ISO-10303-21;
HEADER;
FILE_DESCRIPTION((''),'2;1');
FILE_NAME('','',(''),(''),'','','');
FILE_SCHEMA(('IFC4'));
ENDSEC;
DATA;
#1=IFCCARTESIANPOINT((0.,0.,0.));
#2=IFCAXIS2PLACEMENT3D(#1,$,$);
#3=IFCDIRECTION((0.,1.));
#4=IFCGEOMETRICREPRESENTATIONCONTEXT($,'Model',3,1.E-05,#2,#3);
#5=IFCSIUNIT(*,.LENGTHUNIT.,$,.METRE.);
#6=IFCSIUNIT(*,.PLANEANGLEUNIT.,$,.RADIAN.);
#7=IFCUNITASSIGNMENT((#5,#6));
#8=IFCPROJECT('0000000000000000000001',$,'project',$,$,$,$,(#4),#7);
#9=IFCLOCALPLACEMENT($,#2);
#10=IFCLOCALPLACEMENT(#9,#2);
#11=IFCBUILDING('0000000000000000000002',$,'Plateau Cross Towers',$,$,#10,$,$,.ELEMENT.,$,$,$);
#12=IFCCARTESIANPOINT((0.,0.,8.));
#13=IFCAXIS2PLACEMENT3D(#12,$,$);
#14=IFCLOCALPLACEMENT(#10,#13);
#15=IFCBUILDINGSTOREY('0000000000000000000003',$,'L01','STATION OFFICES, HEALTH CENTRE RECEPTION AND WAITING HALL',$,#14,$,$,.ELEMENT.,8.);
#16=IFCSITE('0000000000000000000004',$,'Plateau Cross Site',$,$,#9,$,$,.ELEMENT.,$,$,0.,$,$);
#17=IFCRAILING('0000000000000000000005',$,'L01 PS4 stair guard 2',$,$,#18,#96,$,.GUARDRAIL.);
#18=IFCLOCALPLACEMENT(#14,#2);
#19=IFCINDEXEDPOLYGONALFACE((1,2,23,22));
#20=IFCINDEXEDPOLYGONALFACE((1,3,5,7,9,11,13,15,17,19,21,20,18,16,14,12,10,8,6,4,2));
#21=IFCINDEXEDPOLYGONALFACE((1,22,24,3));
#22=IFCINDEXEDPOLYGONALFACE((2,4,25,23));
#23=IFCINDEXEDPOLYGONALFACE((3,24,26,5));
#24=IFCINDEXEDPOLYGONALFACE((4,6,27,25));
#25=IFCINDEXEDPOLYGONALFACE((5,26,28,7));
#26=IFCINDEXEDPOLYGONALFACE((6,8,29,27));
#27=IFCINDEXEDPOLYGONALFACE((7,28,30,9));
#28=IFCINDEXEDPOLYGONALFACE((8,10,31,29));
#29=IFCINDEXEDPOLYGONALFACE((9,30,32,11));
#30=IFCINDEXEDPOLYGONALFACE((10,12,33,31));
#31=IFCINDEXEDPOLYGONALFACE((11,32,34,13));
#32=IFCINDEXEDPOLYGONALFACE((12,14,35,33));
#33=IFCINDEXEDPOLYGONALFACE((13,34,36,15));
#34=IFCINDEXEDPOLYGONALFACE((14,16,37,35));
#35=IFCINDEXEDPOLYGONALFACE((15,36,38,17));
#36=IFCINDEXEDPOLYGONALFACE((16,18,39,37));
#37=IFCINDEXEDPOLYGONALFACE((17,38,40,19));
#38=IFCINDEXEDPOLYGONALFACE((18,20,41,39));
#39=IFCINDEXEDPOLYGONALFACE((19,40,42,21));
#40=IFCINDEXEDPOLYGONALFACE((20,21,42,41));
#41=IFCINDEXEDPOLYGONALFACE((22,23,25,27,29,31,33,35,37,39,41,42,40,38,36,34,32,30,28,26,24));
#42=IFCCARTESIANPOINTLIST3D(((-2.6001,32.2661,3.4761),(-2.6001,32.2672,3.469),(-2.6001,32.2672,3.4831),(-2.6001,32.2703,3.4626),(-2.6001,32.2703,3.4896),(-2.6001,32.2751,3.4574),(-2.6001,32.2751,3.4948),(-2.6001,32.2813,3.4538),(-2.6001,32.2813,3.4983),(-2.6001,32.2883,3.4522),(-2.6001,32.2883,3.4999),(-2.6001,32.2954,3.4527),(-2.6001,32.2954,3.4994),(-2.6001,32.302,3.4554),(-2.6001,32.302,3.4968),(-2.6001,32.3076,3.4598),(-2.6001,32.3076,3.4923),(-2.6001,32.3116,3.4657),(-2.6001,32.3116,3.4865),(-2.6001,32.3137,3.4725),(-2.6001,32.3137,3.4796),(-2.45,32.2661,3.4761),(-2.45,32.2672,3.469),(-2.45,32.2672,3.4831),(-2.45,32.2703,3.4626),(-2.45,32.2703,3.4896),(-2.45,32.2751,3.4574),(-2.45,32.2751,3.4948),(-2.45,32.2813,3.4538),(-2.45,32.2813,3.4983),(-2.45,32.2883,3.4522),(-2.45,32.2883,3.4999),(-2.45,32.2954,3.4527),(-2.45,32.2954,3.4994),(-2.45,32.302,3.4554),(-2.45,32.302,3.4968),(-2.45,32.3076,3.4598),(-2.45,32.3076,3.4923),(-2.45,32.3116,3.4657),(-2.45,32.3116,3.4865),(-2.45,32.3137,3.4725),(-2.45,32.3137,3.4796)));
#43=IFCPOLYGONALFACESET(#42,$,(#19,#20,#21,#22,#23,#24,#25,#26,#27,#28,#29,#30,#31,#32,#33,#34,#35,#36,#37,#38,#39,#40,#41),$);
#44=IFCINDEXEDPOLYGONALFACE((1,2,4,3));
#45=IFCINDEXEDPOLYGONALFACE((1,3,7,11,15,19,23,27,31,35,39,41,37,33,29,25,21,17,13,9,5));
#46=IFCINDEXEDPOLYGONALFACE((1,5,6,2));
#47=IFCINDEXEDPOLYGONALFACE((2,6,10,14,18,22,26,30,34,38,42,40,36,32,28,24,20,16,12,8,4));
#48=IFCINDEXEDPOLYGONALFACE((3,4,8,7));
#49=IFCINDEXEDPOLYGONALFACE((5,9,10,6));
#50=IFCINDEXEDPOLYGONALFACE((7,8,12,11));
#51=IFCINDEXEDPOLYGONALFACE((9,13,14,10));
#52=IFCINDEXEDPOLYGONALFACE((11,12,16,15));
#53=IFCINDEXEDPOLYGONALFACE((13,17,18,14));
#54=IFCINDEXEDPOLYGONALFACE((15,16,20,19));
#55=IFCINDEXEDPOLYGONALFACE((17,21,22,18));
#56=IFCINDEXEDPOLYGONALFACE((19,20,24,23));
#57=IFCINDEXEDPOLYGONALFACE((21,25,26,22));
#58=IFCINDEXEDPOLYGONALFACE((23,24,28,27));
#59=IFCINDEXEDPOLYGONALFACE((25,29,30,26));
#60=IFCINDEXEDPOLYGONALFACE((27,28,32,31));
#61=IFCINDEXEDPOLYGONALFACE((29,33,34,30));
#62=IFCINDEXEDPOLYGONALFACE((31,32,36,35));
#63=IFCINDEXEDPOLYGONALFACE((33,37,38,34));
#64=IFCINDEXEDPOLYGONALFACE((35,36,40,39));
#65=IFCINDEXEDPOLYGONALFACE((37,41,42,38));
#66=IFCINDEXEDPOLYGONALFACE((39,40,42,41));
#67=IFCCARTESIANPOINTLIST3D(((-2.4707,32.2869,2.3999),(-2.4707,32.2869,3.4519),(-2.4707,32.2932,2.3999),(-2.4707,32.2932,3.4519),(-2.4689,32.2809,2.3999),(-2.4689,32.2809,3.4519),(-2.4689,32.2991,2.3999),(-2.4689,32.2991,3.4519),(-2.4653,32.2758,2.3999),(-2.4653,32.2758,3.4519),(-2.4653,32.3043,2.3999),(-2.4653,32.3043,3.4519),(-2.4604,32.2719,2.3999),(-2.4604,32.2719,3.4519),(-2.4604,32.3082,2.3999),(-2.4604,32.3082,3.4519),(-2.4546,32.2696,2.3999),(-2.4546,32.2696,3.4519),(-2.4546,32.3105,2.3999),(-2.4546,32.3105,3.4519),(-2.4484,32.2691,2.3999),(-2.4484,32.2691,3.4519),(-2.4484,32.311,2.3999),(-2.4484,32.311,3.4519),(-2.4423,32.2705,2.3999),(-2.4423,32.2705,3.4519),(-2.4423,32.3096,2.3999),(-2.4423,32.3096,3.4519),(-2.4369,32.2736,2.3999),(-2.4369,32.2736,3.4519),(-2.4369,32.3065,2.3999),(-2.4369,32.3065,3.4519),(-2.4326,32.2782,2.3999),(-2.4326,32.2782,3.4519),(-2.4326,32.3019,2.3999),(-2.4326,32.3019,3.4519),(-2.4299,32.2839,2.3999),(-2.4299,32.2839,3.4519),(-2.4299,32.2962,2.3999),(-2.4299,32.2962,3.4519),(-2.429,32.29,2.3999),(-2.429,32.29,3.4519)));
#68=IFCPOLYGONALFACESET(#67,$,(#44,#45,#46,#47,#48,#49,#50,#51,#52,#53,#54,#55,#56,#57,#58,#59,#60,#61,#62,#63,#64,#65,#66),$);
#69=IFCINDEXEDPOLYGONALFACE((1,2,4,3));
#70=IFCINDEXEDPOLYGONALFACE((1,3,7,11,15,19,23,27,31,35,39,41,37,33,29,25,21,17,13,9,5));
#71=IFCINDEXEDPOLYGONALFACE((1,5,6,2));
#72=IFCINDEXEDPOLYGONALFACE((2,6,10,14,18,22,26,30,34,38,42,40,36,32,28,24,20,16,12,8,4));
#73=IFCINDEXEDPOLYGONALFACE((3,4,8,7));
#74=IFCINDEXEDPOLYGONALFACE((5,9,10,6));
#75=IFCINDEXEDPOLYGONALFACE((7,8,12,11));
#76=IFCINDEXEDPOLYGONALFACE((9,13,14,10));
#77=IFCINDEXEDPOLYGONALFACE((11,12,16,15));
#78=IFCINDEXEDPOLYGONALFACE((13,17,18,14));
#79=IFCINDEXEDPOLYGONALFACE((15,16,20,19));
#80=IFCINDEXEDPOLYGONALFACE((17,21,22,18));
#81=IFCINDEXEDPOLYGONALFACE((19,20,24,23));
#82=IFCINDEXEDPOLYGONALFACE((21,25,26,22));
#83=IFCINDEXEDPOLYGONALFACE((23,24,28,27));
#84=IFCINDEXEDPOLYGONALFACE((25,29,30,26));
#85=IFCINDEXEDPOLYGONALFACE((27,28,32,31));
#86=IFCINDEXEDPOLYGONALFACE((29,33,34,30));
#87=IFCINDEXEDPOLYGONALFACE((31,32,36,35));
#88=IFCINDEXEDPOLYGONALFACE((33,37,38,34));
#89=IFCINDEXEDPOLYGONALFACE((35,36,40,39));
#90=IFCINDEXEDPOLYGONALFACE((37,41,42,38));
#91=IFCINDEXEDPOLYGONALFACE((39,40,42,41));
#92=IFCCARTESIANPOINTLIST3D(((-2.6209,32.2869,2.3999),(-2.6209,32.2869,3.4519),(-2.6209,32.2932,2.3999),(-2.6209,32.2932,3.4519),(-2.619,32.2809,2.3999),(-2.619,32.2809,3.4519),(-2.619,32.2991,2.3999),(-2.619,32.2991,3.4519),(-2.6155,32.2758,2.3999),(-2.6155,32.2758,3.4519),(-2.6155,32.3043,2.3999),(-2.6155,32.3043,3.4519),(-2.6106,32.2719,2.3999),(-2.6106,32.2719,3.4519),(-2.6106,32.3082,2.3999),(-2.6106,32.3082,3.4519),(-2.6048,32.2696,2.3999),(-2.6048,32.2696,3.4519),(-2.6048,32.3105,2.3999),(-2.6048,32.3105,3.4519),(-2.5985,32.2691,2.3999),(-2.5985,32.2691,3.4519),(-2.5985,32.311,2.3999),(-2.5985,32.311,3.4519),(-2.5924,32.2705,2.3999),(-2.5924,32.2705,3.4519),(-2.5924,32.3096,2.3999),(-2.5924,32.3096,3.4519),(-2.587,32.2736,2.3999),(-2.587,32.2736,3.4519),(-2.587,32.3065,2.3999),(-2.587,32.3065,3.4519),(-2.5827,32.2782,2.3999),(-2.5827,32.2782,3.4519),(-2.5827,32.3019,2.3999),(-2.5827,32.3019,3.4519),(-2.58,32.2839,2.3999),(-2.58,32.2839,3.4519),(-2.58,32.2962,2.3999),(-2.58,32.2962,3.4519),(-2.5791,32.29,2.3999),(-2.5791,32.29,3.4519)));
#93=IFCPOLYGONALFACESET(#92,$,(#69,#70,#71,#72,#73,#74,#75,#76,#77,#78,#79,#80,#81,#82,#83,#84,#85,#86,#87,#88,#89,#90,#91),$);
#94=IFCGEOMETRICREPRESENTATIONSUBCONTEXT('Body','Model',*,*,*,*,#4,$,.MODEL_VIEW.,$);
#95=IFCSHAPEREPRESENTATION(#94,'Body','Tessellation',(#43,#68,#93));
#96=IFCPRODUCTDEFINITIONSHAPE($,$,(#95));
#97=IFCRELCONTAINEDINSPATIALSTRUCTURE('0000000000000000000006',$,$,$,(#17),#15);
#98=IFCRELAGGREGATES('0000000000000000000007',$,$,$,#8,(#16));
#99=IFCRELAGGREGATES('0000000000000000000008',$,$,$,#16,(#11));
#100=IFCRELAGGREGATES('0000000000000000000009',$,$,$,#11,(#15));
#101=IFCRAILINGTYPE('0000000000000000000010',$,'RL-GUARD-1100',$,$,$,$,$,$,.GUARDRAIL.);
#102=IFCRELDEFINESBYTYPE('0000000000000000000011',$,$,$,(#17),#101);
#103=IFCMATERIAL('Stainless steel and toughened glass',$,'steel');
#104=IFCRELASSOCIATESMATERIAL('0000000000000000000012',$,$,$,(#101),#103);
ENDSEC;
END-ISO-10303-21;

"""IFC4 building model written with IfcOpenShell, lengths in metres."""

from ifc_helpers import new_model, si_unit, direction, frame, origin, origin_2d, place, context, subcontext, project, spatial, circle, extrude, material, type_object, element, save


model = new_model("IFC4")

# Units and contexts
model_context = context("Model", 3, precision=1e-05, world=origin(), true_north=direction((0.0, 1.0)))
body_context = subcontext(model_context, "Body", "Model", "MODEL_VIEW")
ifc_project = project(units=[si_unit("LENGTHUNIT", "METRE"), si_unit("PLANEANGLEUNIT", "RADIAN")], contexts=[model_context])

# Site, building, storey
site_placement = place(None, origin())
site = spatial("IfcSite", under=ifc_project, at=site_placement, Name="Plateau Cross Site", CompositionType="ELEMENT", RefElevation=0.0)
building_placement = place(site_placement, origin())
building = spatial("IfcBuilding", under=site, at=building_placement, Name="Plateau Cross Towers", CompositionType="ELEMENT")
storey_placement = place(building_placement, frame((0.0, 0.0, 8.0)))
storey = spatial("IfcBuildingStorey", under=building, at=storey_placement, Name="L01", Description="STATION OFFICES, HEALTH CENTRE RECEPTION AND WAITING HALL", CompositionType="ELEMENT", Elevation=8.0)

# Railing
ifc_material_1 = material(Name="Stainless steel and toughened glass", Category="steel")
railing_type_1 = type_object("IfcRailingType", Name="RL-GUARD-1100", PredefinedType="GUARDRAIL", material=ifc_material_1)
railing_1_placement = place(storey_placement, frame((-2.45, 32.29, 2.3999)))
element("IfcRailing", 1, at=railing_1_placement, inside=storey, type_object=railing_type_1, Name="L01 PS4 stair guard 2", PredefinedType="GUARDRAIL", context=body_context, shape_type="SweptSolid", body=[
    extrude(circle(Radius=0.0239, at=origin_2d()), frame((0.0, 0.0, 1.0762), z_axis=(-1.0, 0.0, 0.0), x_axis=(0.0, -1.0, 0.0)), (0.0, 0.0, 1.0), 0.1501),
    extrude(circle(Radius=0.021, at=origin_2d()), origin(), (0.0, 0.0, 1.0), 1.052),
    extrude(circle(Radius=0.021, at=origin_2d()), frame((-0.1501, 0.0, 0.0)), (0.0, 0.0, 1.0), 1.052),
])

save(model, "model.ifc")
